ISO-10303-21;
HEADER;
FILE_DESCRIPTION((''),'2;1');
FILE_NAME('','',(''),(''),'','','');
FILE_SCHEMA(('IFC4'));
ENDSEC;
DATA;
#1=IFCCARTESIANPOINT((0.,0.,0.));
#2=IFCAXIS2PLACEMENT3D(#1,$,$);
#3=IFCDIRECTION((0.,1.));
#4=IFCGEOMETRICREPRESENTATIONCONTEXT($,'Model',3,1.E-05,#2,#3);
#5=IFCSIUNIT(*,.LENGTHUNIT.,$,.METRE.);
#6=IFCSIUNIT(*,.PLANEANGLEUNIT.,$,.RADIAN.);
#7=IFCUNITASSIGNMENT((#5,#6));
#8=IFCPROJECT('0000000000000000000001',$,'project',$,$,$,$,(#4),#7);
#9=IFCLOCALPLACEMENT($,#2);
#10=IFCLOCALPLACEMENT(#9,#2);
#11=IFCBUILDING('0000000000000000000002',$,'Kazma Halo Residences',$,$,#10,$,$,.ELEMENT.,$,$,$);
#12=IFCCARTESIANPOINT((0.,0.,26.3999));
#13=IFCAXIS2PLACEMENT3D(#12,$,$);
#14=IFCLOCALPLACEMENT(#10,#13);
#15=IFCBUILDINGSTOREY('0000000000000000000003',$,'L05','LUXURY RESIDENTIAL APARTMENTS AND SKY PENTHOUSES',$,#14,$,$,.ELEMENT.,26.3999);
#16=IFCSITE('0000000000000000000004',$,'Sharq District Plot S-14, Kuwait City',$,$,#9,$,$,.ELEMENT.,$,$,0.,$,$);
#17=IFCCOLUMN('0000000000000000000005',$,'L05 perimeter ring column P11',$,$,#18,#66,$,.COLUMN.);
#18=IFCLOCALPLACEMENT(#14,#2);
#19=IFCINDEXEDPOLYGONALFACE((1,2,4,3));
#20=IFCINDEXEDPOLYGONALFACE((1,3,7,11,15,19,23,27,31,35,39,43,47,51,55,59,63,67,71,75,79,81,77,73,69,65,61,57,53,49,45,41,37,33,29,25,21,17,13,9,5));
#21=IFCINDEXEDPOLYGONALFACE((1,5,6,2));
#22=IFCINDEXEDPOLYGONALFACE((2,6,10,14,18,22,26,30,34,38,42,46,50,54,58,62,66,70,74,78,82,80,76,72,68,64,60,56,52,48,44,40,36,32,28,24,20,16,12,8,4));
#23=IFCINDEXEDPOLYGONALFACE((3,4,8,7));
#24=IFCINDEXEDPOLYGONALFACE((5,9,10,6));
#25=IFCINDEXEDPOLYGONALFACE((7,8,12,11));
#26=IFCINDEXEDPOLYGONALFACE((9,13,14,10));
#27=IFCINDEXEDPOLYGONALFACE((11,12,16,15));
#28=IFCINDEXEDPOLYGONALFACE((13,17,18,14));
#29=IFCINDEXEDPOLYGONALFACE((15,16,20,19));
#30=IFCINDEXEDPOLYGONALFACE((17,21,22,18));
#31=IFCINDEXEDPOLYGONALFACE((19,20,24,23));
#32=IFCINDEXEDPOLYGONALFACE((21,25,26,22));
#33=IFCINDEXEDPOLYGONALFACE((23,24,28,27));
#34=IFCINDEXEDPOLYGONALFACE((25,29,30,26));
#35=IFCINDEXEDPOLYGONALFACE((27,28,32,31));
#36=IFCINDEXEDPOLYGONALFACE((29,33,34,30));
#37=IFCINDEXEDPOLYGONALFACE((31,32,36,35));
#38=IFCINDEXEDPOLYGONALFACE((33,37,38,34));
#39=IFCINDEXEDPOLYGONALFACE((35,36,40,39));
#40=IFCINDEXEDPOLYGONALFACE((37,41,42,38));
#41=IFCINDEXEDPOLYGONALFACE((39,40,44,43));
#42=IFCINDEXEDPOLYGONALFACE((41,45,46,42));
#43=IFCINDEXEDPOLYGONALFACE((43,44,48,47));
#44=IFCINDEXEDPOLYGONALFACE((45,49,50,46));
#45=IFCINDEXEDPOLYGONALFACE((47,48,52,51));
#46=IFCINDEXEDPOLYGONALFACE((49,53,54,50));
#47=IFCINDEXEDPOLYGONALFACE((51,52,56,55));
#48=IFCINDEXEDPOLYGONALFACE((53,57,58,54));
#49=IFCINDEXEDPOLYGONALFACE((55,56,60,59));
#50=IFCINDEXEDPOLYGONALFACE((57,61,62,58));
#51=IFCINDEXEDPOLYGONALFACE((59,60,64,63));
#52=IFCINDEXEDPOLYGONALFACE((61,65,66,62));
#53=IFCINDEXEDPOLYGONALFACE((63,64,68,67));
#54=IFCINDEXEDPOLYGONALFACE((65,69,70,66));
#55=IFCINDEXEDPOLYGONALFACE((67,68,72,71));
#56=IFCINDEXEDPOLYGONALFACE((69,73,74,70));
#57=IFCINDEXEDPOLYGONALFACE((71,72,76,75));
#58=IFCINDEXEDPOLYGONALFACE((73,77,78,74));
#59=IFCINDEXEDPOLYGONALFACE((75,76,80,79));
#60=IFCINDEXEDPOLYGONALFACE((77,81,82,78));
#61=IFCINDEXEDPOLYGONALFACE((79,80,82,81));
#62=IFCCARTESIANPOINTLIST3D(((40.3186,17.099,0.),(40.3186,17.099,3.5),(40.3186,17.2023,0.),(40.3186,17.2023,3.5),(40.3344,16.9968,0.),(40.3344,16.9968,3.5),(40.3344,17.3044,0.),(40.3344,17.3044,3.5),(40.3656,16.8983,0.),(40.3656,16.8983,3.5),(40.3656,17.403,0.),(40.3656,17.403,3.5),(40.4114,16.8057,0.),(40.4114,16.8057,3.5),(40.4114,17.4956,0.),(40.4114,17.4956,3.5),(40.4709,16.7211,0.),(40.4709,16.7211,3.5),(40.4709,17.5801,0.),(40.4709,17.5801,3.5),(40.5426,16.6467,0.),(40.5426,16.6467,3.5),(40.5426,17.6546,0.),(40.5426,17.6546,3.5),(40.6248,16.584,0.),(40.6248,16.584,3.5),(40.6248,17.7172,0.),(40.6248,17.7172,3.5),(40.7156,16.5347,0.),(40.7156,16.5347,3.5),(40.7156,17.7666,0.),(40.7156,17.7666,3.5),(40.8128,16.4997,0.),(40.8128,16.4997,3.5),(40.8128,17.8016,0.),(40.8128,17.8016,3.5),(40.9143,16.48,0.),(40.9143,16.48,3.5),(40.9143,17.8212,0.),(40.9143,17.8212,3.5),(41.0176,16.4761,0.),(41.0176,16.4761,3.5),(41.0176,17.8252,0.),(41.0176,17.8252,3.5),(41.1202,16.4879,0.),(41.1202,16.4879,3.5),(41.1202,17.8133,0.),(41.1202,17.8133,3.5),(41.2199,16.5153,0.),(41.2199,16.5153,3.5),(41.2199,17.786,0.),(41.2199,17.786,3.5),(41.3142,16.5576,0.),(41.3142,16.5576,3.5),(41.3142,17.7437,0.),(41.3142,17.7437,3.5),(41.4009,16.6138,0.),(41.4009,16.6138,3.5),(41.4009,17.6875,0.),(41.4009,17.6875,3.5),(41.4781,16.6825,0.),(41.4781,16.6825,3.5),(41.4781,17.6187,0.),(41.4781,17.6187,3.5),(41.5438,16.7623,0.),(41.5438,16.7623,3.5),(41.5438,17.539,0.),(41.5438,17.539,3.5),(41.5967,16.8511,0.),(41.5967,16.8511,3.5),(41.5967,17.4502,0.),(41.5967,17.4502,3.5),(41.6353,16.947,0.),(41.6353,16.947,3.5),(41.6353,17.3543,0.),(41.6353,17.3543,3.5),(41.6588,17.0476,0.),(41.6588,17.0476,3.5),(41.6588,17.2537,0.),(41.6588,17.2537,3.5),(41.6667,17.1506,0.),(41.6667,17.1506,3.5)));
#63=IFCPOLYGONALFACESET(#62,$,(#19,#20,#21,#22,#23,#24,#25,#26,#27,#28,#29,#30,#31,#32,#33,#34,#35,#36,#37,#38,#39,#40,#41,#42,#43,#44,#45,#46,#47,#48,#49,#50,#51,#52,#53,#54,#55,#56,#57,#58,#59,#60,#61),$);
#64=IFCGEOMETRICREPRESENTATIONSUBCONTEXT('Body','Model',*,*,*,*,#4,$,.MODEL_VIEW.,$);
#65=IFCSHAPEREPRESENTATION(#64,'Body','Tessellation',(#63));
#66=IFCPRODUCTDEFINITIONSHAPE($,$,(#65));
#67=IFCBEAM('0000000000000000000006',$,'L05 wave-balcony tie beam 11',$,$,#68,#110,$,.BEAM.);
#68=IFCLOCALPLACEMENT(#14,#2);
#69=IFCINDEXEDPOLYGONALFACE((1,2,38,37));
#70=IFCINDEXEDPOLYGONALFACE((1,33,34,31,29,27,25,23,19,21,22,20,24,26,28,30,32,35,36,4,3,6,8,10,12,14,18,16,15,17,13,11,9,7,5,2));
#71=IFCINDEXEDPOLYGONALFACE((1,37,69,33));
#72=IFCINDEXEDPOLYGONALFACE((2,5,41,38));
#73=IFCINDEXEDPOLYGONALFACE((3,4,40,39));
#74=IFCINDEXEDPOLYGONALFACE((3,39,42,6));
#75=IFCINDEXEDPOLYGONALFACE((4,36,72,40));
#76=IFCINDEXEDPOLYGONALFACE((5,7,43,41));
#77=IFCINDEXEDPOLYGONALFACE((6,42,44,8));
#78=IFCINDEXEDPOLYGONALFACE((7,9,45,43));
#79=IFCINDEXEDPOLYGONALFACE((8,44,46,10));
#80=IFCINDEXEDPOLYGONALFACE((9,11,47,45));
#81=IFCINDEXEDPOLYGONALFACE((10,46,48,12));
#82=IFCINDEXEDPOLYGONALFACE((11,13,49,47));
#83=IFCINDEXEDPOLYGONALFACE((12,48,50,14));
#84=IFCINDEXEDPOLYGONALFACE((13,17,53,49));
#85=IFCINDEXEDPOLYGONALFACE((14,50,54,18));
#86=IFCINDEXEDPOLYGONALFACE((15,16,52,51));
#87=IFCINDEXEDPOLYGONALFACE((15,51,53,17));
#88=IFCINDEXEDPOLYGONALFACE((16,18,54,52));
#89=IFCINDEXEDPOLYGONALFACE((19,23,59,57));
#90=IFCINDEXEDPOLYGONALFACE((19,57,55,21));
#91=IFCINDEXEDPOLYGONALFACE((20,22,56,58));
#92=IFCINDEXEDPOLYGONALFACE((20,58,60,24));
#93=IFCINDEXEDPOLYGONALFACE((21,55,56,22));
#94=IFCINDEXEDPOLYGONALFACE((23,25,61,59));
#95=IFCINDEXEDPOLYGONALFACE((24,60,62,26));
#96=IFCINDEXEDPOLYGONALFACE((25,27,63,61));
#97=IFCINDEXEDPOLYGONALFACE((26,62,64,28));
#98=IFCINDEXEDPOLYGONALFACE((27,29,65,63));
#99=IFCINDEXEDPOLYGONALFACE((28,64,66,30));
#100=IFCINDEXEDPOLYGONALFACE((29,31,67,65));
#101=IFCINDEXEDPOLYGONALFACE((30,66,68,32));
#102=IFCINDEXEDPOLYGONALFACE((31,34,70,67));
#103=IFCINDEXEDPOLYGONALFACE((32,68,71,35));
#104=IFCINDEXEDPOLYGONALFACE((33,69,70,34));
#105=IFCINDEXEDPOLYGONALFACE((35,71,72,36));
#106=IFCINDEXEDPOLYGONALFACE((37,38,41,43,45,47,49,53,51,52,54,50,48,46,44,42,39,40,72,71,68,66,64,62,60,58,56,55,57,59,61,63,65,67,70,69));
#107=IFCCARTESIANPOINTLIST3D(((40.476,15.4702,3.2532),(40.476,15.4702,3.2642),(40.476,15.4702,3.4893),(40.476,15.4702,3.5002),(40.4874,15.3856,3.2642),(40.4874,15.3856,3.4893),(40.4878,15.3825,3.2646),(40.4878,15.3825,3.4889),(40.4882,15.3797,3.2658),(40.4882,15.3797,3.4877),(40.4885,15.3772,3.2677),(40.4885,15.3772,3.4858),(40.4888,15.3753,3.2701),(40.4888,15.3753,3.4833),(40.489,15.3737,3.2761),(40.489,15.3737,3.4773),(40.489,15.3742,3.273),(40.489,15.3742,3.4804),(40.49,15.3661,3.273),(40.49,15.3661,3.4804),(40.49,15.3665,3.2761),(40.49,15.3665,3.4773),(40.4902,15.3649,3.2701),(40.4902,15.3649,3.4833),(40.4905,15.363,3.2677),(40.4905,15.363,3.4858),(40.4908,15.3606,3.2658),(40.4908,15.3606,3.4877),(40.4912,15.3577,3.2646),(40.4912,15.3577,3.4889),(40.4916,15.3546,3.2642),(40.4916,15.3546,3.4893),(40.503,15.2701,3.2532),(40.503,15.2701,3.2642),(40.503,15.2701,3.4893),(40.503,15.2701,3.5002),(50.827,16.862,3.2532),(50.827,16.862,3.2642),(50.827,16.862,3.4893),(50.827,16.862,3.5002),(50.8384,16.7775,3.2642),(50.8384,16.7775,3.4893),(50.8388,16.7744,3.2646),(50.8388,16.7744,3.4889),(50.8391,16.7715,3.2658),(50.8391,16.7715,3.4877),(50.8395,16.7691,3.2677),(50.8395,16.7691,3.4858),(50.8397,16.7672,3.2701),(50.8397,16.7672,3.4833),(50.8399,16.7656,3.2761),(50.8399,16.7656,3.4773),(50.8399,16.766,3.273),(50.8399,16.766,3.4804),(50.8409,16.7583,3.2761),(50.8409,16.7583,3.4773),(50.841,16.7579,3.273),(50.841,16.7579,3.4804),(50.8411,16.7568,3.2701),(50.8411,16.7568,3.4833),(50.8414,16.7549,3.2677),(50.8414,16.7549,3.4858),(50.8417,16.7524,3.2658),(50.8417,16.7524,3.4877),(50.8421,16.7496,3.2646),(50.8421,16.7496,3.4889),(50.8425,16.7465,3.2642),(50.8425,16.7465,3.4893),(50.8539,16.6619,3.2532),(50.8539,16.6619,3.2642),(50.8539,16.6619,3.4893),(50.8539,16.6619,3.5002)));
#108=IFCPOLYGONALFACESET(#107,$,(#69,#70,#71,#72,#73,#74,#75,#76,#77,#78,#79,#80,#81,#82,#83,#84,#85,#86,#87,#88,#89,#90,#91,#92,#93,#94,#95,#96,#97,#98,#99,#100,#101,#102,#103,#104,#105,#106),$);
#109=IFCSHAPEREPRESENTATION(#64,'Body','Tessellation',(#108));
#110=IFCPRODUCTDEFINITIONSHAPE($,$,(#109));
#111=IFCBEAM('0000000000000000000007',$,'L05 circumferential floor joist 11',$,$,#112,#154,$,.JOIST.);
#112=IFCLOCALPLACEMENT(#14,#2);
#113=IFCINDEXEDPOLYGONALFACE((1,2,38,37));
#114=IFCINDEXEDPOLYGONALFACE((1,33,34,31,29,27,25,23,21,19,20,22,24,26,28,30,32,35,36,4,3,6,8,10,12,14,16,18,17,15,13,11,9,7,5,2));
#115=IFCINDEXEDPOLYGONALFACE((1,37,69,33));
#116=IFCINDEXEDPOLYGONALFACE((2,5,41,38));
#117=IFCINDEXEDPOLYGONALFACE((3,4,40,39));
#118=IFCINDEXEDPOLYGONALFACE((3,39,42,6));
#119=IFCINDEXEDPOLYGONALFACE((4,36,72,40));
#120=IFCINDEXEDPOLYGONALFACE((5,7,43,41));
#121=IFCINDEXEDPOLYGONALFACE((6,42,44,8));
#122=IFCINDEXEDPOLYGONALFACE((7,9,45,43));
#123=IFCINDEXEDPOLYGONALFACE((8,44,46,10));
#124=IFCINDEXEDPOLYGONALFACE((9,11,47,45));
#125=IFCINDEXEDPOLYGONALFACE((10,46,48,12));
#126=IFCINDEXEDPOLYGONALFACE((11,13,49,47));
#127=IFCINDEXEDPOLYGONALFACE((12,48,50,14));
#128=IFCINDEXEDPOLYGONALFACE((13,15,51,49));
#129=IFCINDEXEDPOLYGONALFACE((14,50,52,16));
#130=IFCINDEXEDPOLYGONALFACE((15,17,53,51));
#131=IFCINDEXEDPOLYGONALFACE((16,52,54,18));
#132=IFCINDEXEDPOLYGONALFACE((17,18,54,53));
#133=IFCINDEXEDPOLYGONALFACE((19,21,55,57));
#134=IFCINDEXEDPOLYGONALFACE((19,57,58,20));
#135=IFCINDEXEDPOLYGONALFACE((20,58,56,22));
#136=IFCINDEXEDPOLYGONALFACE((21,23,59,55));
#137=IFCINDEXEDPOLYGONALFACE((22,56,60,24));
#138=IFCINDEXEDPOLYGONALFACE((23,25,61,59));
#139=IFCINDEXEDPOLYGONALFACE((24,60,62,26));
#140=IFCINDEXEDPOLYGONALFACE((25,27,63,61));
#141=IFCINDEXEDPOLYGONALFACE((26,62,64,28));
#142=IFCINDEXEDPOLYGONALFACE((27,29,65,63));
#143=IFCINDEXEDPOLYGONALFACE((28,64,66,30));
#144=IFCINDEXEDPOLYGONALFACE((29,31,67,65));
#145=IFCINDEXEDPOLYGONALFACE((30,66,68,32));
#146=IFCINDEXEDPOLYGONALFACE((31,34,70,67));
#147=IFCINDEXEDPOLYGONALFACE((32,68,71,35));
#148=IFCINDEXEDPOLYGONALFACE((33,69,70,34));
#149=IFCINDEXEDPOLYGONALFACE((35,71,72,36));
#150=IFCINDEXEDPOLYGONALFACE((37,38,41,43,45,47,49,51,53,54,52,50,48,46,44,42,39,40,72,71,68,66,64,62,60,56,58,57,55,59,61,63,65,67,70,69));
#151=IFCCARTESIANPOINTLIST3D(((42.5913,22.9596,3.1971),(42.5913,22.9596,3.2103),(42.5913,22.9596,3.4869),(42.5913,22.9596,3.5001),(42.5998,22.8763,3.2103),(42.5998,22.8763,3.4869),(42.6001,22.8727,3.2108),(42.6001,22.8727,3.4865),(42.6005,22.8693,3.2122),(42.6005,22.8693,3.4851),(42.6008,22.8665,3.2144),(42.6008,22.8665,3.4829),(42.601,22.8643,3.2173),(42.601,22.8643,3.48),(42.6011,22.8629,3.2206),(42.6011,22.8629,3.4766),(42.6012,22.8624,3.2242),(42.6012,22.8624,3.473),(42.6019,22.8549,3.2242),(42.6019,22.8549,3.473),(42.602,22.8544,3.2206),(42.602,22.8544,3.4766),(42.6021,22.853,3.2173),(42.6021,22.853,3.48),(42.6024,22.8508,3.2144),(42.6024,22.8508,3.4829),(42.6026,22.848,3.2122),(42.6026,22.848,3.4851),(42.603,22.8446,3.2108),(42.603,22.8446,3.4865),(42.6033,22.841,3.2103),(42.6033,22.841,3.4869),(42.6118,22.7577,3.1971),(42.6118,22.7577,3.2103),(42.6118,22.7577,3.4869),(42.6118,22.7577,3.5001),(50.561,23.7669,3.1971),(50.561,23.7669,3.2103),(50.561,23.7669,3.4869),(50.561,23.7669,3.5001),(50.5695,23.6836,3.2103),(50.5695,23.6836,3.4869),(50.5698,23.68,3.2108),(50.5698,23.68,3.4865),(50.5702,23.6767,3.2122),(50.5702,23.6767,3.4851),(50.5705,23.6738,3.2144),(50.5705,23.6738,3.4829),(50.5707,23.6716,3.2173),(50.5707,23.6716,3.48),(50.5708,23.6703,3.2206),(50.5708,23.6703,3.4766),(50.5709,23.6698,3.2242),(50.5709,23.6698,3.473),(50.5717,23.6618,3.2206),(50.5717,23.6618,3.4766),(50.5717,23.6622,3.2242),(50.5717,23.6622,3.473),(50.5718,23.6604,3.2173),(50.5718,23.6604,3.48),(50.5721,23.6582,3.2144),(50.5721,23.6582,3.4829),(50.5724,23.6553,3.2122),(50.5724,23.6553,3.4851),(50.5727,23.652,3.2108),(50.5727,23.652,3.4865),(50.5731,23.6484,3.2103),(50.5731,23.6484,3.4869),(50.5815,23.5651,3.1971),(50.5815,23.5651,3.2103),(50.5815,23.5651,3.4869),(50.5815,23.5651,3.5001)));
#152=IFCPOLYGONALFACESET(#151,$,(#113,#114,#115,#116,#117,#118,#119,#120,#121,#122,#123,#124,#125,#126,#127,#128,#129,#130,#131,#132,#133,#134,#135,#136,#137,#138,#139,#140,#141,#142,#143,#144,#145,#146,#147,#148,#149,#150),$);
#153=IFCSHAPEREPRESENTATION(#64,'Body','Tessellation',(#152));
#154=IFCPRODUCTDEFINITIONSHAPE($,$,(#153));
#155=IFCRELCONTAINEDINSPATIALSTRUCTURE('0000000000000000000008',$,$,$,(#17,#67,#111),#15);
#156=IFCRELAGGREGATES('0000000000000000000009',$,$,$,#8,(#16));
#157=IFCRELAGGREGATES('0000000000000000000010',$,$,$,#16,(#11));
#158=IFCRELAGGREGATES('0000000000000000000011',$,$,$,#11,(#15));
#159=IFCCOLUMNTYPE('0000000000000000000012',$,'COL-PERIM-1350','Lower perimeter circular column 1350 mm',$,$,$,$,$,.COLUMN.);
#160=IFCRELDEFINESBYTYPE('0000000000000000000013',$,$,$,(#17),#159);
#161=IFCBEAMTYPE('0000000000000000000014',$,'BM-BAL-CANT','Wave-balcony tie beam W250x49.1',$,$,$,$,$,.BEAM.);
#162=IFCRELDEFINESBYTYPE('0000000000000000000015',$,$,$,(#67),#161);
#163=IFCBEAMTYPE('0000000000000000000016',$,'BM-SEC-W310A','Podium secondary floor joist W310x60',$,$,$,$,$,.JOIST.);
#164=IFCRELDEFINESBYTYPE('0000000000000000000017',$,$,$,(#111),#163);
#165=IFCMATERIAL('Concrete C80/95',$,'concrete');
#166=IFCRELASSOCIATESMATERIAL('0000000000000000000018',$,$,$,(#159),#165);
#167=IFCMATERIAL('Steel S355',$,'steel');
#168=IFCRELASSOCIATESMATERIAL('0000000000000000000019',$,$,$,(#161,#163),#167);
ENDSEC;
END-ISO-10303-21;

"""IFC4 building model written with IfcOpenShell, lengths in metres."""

from ifc_helpers import new_model, si_unit, direction, frame, origin, origin_2d, place, context, subcontext, project, spatial, circle, i_section, extrude, material, material_profile, profile_set, type_object, element, save


model = new_model("IFC4")

# Units and contexts
model_context = context("Model", 3, precision=1e-05, world=origin(), true_north=direction((0.0, 1.0)))
body_context = subcontext(model_context, "Body", "Model", "MODEL_VIEW")
ifc_project = project(units=[si_unit("LENGTHUNIT", "METRE"), si_unit("PLANEANGLEUNIT", "RADIAN")], contexts=[model_context])

# Site, building, storey
site_placement = place(None, origin())
site = spatial("IfcSite", under=ifc_project, at=site_placement, Name="Sharq District Plot S-14, Kuwait City", CompositionType="ELEMENT", RefElevation=0.0)
building_placement = place(site_placement, origin())
building = spatial("IfcBuilding", under=site, at=building_placement, Name="Kazma Halo Residences", CompositionType="ELEMENT")
storey_placement = place(building_placement, frame((0.0, 0.0, 26.3999)))
storey = spatial("IfcBuildingStorey", under=building, at=storey_placement, Name="L05", Description="LUXURY RESIDENTIAL APARTMENTS AND SKY PENTHOUSES", CompositionType="ELEMENT", Elevation=26.3999)

# Column
ifc_material_1 = material(Name="Concrete C80/95", Category="concrete")
ifc_material_profile_1 = material_profile(ifc_material_1, circle(Radius=0.675, at=origin_2d()), Name="CIRC1350")
ifc_profile_set_1 = profile_set([ifc_material_profile_1], Name="Concrete C80/95")
column_type = type_object("IfcColumnType", Name="COL-PERIM-1350", Description="Lower perimeter circular column 1350 mm", PredefinedType="COLUMN", material=ifc_profile_set_1)
column_placement = place(storey_placement, frame((40.9917, 17.1506, 0.0), z_axis=(0.0, 0.0, 1.0), x_axis=(1.0, 0.0, 0.0)))
element("IfcColumn", 1, at=column_placement, inside=storey, type_object=column_type, Name="L05 perimeter ring column P11", PredefinedType="COLUMN", context=body_context, shape_type="SweptSolid", body=[
    extrude(circle(Radius=0.675, at=origin_2d()), origin(), (0.0, 0.0, 1.0), 3.5),
])

# Beams
ifc_material_2 = material(Name="Steel S355", Category="steel")
ifc_material_profile_2 = material_profile(ifc_material_2, i_section(OverallWidth=0.2019, OverallDepth=0.2471, WebThickness=0.0073, FlangeThickness=0.011, FilletRadius=0.012, at=origin_2d()), Name="W250x49.1")
ifc_profile_set_2 = profile_set([ifc_material_profile_2], Name="Steel S355")
beam_type_1 = type_object("IfcBeamType", Name="BM-BAL-CANT", Description="Wave-balcony tie beam W250x49.1", PredefinedType="BEAM", material=ifc_profile_set_2)
beam_1_placement = place(storey_placement, frame((40.4895, 15.3701, 3.3767), z_axis=(0.99108, 0.133268, 0.0), x_axis=(-0.133268, 0.99108, 0.0)))
element("IfcBeam", 2, at=beam_1_placement, inside=storey, type_object=beam_type_1, Name="L05 wave-balcony tie beam 11", PredefinedType="BEAM", context=body_context, shape_type="SweptSolid", body=[
    extrude(i_section(OverallWidth=0.2019, OverallDepth=0.2471, WebThickness=0.0073, FlangeThickness=0.011, FilletRadius=0.012, at=origin_2d()), origin(), (0.0, 0.0, 1.0), 10.4441),
])
ifc_material_profile_3 = material_profile(ifc_material_2, i_section(OverallWidth=0.2029, OverallDepth=0.303, WebThickness=0.0076, FlangeThickness=0.0132, FilletRadius=0.0139, at=origin_2d()), Name="W310x60")
ifc_profile_set_3 = profile_set([ifc_material_profile_3], Name="Steel S355")
beam_type_2 = type_object("IfcBeamType", Name="BM-SEC-W310A", Description="Podium secondary floor joist W310x60", PredefinedType="JOIST", material=ifc_profile_set_3)
beam_2_placement = place(storey_placement, frame((42.6016, 22.8586, 3.3486), z_axis=(0.994908, 0.100789, 0.0), x_axis=(-0.100789, 0.994908, 0.0)))
element("IfcBeam", 3, at=beam_2_placement, inside=storey, type_object=beam_type_2, Name="L05 circumferential floor joist 11", PredefinedType="JOIST", context=body_context, shape_type="SweptSolid", body=[
    extrude(i_section(OverallWidth=0.2029, OverallDepth=0.303, WebThickness=0.0076, FlangeThickness=0.0132, FilletRadius=0.0139, at=origin_2d()), origin(), (0.0, 0.0, 1.0), 8.0105),
])

save(model, "model.ifc")
